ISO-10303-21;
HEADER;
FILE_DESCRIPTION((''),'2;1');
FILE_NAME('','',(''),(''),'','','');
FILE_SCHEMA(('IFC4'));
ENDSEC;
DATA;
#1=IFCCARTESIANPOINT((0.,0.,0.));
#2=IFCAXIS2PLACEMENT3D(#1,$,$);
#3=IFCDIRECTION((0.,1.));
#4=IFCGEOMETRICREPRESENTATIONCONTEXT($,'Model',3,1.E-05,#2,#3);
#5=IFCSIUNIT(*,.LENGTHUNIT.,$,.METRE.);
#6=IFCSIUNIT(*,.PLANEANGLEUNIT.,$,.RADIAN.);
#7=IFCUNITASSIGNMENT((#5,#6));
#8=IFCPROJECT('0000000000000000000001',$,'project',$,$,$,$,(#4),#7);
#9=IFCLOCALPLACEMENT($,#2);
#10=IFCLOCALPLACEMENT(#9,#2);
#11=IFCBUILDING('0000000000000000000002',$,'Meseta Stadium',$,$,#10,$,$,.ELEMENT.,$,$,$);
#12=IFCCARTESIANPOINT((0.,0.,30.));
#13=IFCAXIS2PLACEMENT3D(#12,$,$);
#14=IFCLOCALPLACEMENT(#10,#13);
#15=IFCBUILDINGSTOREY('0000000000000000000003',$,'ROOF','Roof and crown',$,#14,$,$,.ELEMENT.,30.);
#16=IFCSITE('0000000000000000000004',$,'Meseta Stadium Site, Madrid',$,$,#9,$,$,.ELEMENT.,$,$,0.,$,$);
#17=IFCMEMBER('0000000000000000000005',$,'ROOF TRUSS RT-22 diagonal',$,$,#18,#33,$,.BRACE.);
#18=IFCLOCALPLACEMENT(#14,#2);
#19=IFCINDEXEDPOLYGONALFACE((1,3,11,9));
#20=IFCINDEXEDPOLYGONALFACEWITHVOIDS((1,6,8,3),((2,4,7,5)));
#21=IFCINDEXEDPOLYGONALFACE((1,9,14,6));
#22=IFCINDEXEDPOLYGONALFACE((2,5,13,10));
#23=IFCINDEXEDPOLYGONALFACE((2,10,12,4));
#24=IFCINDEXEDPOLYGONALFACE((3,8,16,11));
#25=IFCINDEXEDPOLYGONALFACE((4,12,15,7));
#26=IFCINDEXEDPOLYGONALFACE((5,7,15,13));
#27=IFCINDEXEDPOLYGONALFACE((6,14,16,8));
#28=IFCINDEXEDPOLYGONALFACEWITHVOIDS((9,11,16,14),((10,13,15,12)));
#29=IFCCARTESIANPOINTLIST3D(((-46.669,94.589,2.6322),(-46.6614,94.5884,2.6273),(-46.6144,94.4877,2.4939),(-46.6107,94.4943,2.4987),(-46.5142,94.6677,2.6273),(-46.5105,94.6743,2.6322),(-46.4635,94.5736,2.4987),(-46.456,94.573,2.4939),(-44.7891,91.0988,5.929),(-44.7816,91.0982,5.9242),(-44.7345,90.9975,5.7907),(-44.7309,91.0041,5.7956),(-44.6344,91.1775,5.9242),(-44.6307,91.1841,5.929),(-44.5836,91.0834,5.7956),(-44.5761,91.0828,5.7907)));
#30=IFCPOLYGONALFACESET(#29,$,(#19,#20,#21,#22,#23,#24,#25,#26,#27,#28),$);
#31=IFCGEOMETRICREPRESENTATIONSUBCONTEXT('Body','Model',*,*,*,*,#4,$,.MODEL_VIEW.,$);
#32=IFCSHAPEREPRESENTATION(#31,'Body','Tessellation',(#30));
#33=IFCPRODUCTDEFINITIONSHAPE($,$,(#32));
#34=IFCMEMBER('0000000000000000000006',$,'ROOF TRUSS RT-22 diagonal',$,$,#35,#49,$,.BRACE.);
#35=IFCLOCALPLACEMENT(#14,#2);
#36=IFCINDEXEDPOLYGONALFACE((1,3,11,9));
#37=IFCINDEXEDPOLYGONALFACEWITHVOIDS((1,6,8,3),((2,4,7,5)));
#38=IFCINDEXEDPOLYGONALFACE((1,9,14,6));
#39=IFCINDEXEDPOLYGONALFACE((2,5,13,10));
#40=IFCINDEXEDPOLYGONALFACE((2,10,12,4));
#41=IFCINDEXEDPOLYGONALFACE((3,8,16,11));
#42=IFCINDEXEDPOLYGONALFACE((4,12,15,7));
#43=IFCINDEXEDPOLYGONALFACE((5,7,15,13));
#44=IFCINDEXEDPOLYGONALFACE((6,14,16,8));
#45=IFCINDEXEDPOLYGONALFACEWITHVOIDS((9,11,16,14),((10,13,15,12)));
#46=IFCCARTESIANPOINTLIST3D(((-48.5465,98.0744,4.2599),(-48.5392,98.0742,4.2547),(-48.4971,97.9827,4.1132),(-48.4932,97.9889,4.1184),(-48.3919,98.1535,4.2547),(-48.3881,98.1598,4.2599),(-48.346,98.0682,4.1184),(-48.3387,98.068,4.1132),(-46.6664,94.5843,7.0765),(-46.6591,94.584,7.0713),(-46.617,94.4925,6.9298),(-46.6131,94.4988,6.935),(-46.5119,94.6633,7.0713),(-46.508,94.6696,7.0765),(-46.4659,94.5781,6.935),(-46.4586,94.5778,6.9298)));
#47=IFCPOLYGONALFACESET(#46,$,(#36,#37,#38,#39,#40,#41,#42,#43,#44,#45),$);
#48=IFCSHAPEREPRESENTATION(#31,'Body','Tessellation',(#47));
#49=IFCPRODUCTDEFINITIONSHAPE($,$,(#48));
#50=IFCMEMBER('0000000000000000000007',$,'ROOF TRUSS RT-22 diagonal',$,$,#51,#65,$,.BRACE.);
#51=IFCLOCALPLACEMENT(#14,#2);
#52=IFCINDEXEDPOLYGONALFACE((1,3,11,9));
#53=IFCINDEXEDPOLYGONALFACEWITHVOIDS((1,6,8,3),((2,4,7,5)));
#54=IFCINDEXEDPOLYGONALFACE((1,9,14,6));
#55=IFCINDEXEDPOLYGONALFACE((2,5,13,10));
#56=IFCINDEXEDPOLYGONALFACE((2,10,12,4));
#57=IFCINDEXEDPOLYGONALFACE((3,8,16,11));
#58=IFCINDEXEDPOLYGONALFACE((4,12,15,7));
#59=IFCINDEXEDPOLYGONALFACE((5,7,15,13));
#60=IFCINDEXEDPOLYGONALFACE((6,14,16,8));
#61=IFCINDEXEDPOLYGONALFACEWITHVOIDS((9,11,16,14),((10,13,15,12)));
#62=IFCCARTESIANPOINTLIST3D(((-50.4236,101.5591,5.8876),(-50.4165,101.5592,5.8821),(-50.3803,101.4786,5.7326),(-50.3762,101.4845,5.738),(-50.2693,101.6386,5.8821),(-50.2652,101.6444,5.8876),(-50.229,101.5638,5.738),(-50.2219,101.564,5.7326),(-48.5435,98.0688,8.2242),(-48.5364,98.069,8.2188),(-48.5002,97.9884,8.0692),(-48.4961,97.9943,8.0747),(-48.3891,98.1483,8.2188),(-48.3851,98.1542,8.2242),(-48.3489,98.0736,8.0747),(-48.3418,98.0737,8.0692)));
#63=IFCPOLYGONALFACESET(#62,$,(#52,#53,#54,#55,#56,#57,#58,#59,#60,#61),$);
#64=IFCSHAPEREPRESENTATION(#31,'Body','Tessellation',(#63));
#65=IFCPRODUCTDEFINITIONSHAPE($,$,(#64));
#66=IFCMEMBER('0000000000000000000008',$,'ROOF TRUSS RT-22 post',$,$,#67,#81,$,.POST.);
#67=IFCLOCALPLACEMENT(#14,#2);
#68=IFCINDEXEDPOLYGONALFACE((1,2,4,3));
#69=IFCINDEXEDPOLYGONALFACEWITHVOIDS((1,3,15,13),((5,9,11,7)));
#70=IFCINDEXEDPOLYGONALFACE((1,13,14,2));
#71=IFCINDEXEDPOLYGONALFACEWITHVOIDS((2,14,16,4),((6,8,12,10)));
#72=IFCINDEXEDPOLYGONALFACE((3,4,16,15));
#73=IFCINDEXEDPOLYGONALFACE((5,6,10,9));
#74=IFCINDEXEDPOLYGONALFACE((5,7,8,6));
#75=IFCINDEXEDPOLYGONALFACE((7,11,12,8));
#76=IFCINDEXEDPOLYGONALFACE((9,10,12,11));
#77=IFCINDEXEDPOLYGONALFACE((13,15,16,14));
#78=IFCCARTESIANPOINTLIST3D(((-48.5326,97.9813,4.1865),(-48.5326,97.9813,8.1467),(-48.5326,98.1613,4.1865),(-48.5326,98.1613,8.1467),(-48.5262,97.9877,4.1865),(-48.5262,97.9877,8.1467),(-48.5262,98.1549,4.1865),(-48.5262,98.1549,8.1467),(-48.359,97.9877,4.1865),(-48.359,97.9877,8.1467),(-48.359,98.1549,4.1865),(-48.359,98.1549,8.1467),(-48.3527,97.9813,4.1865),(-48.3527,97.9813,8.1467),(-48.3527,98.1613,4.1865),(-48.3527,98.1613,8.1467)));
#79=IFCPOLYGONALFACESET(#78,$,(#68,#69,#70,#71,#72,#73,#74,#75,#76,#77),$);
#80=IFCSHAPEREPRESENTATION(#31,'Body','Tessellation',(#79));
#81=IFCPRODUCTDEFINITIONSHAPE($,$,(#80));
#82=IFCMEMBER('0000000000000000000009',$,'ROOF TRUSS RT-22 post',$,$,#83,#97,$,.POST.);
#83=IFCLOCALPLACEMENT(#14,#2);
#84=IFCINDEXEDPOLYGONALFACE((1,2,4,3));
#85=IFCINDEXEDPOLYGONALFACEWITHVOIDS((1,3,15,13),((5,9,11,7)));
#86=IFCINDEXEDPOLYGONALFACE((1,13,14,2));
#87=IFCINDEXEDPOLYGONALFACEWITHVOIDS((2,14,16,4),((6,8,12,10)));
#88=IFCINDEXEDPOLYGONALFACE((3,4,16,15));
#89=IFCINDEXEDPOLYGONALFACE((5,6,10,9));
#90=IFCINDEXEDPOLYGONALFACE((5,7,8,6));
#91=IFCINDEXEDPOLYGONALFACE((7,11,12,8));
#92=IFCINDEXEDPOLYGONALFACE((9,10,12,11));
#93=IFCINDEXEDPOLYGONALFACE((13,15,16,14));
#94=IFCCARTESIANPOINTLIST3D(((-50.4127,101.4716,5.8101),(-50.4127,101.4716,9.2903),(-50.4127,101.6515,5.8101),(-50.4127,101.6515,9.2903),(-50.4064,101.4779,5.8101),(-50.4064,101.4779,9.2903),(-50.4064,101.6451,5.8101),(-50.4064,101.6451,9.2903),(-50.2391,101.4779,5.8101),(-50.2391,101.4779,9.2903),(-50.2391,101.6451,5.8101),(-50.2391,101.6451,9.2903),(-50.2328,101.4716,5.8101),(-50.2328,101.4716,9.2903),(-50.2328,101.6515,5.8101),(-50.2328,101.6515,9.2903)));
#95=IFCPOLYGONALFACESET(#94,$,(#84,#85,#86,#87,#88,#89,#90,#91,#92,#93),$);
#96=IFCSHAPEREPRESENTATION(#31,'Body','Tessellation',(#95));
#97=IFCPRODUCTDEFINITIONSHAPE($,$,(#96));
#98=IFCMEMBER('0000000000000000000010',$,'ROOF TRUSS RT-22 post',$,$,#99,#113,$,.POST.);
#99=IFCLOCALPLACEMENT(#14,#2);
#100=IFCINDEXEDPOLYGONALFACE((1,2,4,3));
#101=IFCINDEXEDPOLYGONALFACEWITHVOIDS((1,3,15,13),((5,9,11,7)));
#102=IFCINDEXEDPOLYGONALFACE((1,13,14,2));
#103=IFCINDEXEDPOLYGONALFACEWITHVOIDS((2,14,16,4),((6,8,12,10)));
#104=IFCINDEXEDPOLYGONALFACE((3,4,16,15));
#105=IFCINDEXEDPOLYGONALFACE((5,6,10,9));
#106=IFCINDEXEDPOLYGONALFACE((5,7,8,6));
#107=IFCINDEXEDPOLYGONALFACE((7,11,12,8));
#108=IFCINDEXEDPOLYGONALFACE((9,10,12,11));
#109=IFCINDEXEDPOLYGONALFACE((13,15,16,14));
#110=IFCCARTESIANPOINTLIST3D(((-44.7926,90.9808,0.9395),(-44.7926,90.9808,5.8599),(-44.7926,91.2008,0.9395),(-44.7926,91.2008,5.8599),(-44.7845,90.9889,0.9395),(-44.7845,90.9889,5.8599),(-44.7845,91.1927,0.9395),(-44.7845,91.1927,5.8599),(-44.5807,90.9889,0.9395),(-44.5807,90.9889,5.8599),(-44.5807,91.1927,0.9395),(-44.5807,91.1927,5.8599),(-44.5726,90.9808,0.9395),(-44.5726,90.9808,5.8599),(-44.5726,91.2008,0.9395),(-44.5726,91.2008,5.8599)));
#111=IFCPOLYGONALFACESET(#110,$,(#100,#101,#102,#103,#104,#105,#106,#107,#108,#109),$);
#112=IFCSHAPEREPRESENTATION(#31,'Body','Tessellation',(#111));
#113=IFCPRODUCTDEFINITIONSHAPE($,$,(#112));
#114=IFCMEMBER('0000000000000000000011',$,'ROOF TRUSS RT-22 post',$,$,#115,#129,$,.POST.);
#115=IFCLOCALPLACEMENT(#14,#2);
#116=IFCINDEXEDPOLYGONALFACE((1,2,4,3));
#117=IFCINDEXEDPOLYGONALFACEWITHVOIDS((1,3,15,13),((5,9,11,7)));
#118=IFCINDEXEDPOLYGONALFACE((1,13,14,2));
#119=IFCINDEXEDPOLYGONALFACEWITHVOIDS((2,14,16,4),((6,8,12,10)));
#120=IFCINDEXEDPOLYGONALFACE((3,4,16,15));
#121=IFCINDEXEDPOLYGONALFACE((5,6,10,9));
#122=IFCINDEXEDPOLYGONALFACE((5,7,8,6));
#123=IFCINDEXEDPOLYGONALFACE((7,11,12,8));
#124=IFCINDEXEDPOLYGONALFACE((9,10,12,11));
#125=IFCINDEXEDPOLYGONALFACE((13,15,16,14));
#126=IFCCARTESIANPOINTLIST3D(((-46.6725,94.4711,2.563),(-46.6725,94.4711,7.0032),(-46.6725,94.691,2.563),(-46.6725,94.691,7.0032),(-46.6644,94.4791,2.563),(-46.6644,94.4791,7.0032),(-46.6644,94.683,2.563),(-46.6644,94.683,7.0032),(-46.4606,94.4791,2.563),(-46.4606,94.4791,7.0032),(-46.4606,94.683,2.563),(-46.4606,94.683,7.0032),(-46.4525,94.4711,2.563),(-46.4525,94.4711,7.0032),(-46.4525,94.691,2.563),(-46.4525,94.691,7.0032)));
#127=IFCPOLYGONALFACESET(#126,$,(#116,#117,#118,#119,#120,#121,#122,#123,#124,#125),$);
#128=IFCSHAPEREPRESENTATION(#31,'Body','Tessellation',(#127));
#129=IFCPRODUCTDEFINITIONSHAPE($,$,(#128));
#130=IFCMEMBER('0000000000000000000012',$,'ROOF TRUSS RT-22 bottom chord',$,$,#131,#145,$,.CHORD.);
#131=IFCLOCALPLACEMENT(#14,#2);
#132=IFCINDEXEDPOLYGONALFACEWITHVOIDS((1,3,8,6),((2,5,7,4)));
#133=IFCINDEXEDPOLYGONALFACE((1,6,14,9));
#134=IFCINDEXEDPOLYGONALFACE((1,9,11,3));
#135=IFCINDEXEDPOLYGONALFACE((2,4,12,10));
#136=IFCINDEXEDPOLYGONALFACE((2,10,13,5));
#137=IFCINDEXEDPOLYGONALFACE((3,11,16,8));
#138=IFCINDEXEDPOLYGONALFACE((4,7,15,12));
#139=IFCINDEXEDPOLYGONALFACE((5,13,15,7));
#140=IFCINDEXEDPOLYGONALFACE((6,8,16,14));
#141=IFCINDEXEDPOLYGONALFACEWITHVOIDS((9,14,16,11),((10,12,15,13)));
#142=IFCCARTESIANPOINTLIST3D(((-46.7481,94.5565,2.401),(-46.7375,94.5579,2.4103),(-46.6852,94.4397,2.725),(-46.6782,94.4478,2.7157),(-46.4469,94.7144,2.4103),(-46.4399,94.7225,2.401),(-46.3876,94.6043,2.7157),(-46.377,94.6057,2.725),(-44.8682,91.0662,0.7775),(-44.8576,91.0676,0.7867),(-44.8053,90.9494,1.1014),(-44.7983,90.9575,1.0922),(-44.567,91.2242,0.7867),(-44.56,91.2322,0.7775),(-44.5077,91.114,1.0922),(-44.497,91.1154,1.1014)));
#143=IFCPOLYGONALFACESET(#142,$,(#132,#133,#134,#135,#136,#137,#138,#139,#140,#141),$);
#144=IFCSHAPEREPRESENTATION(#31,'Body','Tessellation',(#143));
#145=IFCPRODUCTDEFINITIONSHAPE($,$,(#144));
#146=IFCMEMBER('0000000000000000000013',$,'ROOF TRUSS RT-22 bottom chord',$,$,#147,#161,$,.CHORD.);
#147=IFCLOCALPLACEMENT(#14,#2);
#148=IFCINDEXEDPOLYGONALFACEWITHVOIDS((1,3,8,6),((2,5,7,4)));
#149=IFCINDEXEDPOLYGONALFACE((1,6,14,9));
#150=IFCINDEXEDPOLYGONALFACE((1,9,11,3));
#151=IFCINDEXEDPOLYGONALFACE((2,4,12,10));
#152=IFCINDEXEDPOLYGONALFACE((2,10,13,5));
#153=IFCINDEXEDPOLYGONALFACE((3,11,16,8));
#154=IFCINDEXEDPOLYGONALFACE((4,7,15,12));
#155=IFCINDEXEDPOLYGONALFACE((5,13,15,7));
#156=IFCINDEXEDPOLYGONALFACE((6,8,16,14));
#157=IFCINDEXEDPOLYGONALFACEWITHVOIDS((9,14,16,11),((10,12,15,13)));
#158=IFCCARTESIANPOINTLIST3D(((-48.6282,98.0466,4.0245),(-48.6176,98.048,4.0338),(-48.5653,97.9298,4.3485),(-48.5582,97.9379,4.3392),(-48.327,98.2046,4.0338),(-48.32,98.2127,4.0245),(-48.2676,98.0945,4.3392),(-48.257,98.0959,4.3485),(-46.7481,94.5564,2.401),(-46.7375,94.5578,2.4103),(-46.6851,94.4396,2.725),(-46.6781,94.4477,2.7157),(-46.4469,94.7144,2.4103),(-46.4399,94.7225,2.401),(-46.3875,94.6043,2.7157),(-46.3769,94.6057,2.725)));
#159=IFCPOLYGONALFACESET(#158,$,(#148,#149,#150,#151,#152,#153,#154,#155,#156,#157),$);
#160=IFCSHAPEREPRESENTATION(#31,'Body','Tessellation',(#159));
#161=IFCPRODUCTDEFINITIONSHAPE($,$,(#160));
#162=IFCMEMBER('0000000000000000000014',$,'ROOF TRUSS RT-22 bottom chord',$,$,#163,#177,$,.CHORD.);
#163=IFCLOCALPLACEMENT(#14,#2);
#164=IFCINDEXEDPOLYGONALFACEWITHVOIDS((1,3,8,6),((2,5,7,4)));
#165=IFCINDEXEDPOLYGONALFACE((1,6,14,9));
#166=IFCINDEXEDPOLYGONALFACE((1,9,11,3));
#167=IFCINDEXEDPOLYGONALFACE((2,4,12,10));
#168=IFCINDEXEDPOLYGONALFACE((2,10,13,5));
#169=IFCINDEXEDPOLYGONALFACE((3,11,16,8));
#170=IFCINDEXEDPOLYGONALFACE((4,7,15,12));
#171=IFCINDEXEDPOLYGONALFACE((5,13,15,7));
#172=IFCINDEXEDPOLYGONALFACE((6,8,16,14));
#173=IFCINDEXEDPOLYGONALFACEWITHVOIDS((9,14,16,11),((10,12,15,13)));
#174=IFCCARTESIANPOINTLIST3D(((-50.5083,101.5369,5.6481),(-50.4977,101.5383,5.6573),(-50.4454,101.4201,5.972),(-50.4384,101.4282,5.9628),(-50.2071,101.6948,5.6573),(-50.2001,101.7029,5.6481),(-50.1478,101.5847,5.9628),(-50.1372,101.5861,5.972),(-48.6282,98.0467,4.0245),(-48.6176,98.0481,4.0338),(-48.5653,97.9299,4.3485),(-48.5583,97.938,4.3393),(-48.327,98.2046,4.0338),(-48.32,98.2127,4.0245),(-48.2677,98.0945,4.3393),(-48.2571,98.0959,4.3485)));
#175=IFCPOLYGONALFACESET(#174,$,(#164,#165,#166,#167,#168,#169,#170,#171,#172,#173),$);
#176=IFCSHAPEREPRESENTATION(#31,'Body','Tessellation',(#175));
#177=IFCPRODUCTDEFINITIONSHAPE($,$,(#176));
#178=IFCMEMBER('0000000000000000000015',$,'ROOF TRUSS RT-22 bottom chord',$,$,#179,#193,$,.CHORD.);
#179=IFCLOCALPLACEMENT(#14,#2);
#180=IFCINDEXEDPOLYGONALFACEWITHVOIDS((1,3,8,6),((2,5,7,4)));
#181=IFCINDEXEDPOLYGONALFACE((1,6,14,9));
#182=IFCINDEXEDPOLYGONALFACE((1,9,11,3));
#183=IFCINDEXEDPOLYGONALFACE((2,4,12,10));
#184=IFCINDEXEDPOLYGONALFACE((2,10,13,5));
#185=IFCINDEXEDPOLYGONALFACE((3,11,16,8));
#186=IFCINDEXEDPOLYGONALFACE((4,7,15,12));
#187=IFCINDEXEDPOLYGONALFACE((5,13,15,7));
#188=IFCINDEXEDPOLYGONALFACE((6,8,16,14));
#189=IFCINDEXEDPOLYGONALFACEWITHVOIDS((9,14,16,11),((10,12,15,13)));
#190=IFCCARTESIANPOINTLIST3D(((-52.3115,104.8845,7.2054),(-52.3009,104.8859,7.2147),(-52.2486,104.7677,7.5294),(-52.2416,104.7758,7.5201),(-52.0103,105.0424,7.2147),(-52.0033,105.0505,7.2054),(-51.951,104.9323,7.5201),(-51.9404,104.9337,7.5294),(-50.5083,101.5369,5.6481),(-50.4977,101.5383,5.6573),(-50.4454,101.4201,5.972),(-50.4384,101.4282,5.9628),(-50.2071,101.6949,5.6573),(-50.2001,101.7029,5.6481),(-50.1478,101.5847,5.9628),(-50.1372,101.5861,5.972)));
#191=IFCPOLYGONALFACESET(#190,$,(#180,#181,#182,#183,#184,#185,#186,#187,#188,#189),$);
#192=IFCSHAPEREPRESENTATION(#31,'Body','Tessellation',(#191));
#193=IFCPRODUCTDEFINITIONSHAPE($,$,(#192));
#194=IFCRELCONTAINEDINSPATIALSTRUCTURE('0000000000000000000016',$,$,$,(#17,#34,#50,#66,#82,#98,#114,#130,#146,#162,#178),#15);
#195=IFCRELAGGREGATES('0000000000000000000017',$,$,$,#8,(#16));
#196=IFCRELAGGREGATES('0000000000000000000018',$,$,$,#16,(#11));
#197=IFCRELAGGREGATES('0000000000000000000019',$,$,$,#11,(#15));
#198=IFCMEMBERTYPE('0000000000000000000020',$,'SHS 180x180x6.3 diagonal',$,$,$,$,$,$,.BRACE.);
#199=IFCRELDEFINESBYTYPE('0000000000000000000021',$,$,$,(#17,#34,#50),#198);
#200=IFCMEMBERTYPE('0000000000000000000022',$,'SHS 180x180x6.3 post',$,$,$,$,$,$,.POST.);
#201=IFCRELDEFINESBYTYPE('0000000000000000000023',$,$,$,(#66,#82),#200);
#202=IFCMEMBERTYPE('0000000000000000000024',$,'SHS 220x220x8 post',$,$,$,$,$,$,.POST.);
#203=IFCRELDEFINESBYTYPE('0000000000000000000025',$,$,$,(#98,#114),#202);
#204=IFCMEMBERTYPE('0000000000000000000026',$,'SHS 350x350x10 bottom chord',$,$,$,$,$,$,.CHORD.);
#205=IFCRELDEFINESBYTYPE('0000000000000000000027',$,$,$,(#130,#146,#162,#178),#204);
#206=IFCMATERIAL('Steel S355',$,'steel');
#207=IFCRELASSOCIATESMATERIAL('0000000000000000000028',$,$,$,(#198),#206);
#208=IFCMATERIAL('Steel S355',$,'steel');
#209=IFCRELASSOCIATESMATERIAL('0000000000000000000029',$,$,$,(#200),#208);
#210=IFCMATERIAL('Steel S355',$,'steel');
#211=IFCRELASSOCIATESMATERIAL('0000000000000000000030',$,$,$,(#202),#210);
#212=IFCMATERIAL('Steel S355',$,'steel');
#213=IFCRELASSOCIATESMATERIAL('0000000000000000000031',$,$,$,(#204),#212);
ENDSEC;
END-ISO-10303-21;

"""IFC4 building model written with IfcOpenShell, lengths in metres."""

from ifc_helpers import new_model, si_unit, direction, frame, origin, origin_2d, place, context, subcontext, project, spatial, hollow_rectangle, extrude, material, material_profile, profile_set, type_object, element, save


model = new_model("IFC4")

# Units and contexts
model_context = context("Model", 3, precision=1e-05, world=origin(), true_north=direction((0.0, 1.0)))
body_context = subcontext(model_context, "Body", "Model", "MODEL_VIEW")
ifc_project = project(units=[si_unit("LENGTHUNIT", "METRE"), si_unit("PLANEANGLEUNIT", "RADIAN")], contexts=[model_context])

# Site, building, storey
site_placement = place(None, origin())
site = spatial("IfcSite", under=ifc_project, at=site_placement, Name="Meseta Stadium Site, Madrid", CompositionType="ELEMENT", RefElevation=0.0)
building_placement = place(site_placement, origin())
building = spatial("IfcBuilding", under=site, at=building_placement, Name="Meseta Stadium", CompositionType="ELEMENT")
storey_placement = place(building_placement, frame((0.0, 0.0, 30.0)))
storey = spatial("IfcBuildingStorey", under=building, at=storey_placement, Name="ROOF", Description="Roof and crown", CompositionType="ELEMENT", Elevation=30.0)

# Members
ifc_material_1 = material(Name="Steel S355", Category="steel")
ifc_material_profile_1 = material_profile(ifc_material_1, hollow_rectangle(XDim=0.1799, YDim=0.1799, WallThickness=0.0063, at=origin_2d()), Name="SHS 180x180x6.3")
ifc_profile_set_1 = profile_set([ifc_material_profile_1], Name="Steel S355")
member_type_1 = type_object("IfcMemberType", Name="SHS 180x180x6.3 diagonal", PredefinedType="BRACE", material=ifc_profile_set_1)
member_1_placement = place(storey_placement, frame((-44.6826, 91.0908, 5.8599), z_axis=(-0.364596, 0.676917, -0.639416), x_axis=(-0.880416, -0.474203, 0.0)))
element("IfcMember", 1, at=member_1_placement, inside=storey, type_object=member_type_1, Name="ROOF TRUSS RT-22 diagonal", PredefinedType="BRACE", context=body_context, shape_type="SweptSolid", body=[
    extrude(hollow_rectangle(XDim=0.1799, YDim=0.1799, WallThickness=0.0063, at=origin_2d()), origin(), (0.0, 0.0, 1.0), 5.156),
])
member_2_placement = place(storey_placement, frame((-46.5625, 94.5811, 7.0032), z_axis=(-0.386608, 0.717691, -0.579183), x_axis=(-0.88039, -0.47425, 0.0)))
element("IfcMember", 2, at=member_2_placement, inside=storey, type_object=member_type_1, Name="ROOF TRUSS RT-22 diagonal", PredefinedType="BRACE", context=body_context, shape_type="SweptSolid", body=[
    extrude(hollow_rectangle(XDim=0.1799, YDim=0.1799, WallThickness=0.0063, at=origin_2d()), origin(), (0.0, 0.0, 1.0), 4.863),
])
member_3_placement = place(storey_placement, frame((-48.4426, 98.0713, 8.1467), z_axis=(-0.408563, 0.758448, -0.507772), x_axis=(-0.88039, -0.47425, 0.0)))
element("IfcMember", 3, at=member_3_placement, inside=storey, type_object=member_type_1, Name="ROOF TRUSS RT-22 diagonal", PredefinedType="BRACE", context=body_context, shape_type="SweptSolid", body=[
    extrude(hollow_rectangle(XDim=0.1799, YDim=0.1799, WallThickness=0.0063, at=origin_2d()), origin(), (0.0, 0.0, 1.0), 4.6018),
])
ifc_material_2 = material(Name="Steel S355", Category="steel")
ifc_material_profile_2 = material_profile(ifc_material_2, hollow_rectangle(XDim=0.1799, YDim=0.1799, WallThickness=0.0063, at=origin_2d()), Name="SHS 180x180x6.3")
ifc_profile_set_2 = profile_set([ifc_material_profile_2], Name="Steel S355")
member_type_2 = type_object("IfcMemberType", Name="SHS 180x180x6.3 post", PredefinedType="POST", material=ifc_profile_set_2)
member_4_placement = place(storey_placement, frame((-48.4426, 98.0713, 4.1865), z_axis=(0.0, 0.0, 1.0), x_axis=(1.0, 0.0, 0.0)))
element("IfcMember", 4, at=member_4_placement, inside=storey, type_object=member_type_2, Name="ROOF TRUSS RT-22 post", PredefinedType="POST", context=body_context, shape_type="SweptSolid", body=[
    extrude(hollow_rectangle(XDim=0.1799, YDim=0.1799, WallThickness=0.0063, at=origin_2d()), origin(), (0.0, 0.0, 1.0), 3.9602),
])
member_5_placement = place(storey_placement, frame((-50.3228, 101.5615, 5.8101), z_axis=(0.0, 0.0, 1.0), x_axis=(1.0, 0.0, 0.0)))
element("IfcMember", 5, at=member_5_placement, inside=storey, type_object=member_type_2, Name="ROOF TRUSS RT-22 post", PredefinedType="POST", context=body_context, shape_type="SweptSolid", body=[
    extrude(hollow_rectangle(XDim=0.1799, YDim=0.1799, WallThickness=0.0063, at=origin_2d()), origin(), (0.0, 0.0, 1.0), 3.4802),
])
ifc_material_3 = material(Name="Steel S355", Category="steel")
ifc_material_profile_3 = material_profile(ifc_material_3, hollow_rectangle(XDim=0.22, YDim=0.22, WallThickness=0.0081, at=origin_2d()), Name="SHS 220x220x8")
ifc_profile_set_3 = profile_set([ifc_material_profile_3], Name="Steel S355")
member_type_3 = type_object("IfcMemberType", Name="SHS 220x220x8 post", PredefinedType="POST", material=ifc_profile_set_3)
member_6_placement = place(storey_placement, frame((-44.6826, 91.0908, 0.9395), z_axis=(0.0, 0.0, 1.0), x_axis=(1.0, 0.0, 0.0)))
element("IfcMember", 6, at=member_6_placement, inside=storey, type_object=member_type_3, Name="ROOF TRUSS RT-22 post", PredefinedType="POST", context=body_context, shape_type="SweptSolid", body=[
    extrude(hollow_rectangle(XDim=0.22, YDim=0.22, WallThickness=0.0081, at=origin_2d()), origin(), (0.0, 0.0, 1.0), 4.9204),
])
member_7_placement = place(storey_placement, frame((-46.5625, 94.5811, 2.563), z_axis=(0.0, 0.0, 1.0), x_axis=(1.0, 0.0, 0.0)))
element("IfcMember", 7, at=member_7_placement, inside=storey, type_object=member_type_3, Name="ROOF TRUSS RT-22 post", PredefinedType="POST", context=body_context, shape_type="SweptSolid", body=[
    extrude(hollow_rectangle(XDim=0.22, YDim=0.22, WallThickness=0.0081, at=origin_2d()), origin(), (0.0, 0.0, 1.0), 4.4402),
])
ifc_material_4 = material(Name="Steel S355", Category="steel")
ifc_material_profile_4 = material_profile(ifc_material_4, hollow_rectangle(XDim=0.3501, YDim=0.3501, WallThickness=0.01, at=origin_2d()), Name="SHS 350x350x10")
ifc_profile_set_4 = profile_set([ifc_material_profile_4], Name="Steel S355")
member_type_4 = type_object("IfcMemberType", Name="SHS 350x350x10 bottom chord", PredefinedType="CHORD", material=ifc_profile_set_4)
for number, where, z_axis, x_axis, name in (
    (8, (-44.6826, 91.0908, 0.9395), (-0.438828, 0.814738, 0.378988), (-0.880416, -0.474203, 0.0), "ROOF TRUSS RT-22 bottom chord"),
    (9, (-46.5625, 94.5811, 2.563), (-0.438874, 0.814718, 0.378978), (-0.88039, -0.47425, 0.0), "ROOF TRUSS RT-22 bottom chord"),
    (10, (-48.4426, 98.0713, 4.1865), (-0.438874, 0.814718, 0.378978), (-0.88039, -0.47425, 0.0), "ROOF TRUSS RT-22 bottom chord"),
):
    element("IfcMember", number, at=place(storey_placement, frame(where, z_axis=z_axis, x_axis=x_axis)), inside=storey, type_object=member_type_4, Name=name, PredefinedType="CHORD", context=body_context, shape_type="SweptSolid", body=[
        extrude(hollow_rectangle(XDim=0.3501, YDim=0.3501, WallThickness=0.01, at=origin_2d()), origin(), (0.0, 0.0, 1.0), 4.2839),
    ])
member_8_placement = place(storey_placement, frame((-50.3228, 101.5615, 5.8101), z_axis=(-0.438848, 0.814714, 0.379016), x_axis=(-0.880401, -0.47423, 0.0)))
element("IfcMember", 11, at=member_8_placement, inside=storey, type_object=member_type_4, Name="ROOF TRUSS RT-22 bottom chord", PredefinedType="CHORD", context=body_context, shape_type="SweptSolid", body=[
    extrude(hollow_rectangle(XDim=0.3501, YDim=0.3501, WallThickness=0.01, at=origin_2d()), origin(), (0.0, 0.0, 1.0), 4.1089),
])

save(model, "model.ifc")
